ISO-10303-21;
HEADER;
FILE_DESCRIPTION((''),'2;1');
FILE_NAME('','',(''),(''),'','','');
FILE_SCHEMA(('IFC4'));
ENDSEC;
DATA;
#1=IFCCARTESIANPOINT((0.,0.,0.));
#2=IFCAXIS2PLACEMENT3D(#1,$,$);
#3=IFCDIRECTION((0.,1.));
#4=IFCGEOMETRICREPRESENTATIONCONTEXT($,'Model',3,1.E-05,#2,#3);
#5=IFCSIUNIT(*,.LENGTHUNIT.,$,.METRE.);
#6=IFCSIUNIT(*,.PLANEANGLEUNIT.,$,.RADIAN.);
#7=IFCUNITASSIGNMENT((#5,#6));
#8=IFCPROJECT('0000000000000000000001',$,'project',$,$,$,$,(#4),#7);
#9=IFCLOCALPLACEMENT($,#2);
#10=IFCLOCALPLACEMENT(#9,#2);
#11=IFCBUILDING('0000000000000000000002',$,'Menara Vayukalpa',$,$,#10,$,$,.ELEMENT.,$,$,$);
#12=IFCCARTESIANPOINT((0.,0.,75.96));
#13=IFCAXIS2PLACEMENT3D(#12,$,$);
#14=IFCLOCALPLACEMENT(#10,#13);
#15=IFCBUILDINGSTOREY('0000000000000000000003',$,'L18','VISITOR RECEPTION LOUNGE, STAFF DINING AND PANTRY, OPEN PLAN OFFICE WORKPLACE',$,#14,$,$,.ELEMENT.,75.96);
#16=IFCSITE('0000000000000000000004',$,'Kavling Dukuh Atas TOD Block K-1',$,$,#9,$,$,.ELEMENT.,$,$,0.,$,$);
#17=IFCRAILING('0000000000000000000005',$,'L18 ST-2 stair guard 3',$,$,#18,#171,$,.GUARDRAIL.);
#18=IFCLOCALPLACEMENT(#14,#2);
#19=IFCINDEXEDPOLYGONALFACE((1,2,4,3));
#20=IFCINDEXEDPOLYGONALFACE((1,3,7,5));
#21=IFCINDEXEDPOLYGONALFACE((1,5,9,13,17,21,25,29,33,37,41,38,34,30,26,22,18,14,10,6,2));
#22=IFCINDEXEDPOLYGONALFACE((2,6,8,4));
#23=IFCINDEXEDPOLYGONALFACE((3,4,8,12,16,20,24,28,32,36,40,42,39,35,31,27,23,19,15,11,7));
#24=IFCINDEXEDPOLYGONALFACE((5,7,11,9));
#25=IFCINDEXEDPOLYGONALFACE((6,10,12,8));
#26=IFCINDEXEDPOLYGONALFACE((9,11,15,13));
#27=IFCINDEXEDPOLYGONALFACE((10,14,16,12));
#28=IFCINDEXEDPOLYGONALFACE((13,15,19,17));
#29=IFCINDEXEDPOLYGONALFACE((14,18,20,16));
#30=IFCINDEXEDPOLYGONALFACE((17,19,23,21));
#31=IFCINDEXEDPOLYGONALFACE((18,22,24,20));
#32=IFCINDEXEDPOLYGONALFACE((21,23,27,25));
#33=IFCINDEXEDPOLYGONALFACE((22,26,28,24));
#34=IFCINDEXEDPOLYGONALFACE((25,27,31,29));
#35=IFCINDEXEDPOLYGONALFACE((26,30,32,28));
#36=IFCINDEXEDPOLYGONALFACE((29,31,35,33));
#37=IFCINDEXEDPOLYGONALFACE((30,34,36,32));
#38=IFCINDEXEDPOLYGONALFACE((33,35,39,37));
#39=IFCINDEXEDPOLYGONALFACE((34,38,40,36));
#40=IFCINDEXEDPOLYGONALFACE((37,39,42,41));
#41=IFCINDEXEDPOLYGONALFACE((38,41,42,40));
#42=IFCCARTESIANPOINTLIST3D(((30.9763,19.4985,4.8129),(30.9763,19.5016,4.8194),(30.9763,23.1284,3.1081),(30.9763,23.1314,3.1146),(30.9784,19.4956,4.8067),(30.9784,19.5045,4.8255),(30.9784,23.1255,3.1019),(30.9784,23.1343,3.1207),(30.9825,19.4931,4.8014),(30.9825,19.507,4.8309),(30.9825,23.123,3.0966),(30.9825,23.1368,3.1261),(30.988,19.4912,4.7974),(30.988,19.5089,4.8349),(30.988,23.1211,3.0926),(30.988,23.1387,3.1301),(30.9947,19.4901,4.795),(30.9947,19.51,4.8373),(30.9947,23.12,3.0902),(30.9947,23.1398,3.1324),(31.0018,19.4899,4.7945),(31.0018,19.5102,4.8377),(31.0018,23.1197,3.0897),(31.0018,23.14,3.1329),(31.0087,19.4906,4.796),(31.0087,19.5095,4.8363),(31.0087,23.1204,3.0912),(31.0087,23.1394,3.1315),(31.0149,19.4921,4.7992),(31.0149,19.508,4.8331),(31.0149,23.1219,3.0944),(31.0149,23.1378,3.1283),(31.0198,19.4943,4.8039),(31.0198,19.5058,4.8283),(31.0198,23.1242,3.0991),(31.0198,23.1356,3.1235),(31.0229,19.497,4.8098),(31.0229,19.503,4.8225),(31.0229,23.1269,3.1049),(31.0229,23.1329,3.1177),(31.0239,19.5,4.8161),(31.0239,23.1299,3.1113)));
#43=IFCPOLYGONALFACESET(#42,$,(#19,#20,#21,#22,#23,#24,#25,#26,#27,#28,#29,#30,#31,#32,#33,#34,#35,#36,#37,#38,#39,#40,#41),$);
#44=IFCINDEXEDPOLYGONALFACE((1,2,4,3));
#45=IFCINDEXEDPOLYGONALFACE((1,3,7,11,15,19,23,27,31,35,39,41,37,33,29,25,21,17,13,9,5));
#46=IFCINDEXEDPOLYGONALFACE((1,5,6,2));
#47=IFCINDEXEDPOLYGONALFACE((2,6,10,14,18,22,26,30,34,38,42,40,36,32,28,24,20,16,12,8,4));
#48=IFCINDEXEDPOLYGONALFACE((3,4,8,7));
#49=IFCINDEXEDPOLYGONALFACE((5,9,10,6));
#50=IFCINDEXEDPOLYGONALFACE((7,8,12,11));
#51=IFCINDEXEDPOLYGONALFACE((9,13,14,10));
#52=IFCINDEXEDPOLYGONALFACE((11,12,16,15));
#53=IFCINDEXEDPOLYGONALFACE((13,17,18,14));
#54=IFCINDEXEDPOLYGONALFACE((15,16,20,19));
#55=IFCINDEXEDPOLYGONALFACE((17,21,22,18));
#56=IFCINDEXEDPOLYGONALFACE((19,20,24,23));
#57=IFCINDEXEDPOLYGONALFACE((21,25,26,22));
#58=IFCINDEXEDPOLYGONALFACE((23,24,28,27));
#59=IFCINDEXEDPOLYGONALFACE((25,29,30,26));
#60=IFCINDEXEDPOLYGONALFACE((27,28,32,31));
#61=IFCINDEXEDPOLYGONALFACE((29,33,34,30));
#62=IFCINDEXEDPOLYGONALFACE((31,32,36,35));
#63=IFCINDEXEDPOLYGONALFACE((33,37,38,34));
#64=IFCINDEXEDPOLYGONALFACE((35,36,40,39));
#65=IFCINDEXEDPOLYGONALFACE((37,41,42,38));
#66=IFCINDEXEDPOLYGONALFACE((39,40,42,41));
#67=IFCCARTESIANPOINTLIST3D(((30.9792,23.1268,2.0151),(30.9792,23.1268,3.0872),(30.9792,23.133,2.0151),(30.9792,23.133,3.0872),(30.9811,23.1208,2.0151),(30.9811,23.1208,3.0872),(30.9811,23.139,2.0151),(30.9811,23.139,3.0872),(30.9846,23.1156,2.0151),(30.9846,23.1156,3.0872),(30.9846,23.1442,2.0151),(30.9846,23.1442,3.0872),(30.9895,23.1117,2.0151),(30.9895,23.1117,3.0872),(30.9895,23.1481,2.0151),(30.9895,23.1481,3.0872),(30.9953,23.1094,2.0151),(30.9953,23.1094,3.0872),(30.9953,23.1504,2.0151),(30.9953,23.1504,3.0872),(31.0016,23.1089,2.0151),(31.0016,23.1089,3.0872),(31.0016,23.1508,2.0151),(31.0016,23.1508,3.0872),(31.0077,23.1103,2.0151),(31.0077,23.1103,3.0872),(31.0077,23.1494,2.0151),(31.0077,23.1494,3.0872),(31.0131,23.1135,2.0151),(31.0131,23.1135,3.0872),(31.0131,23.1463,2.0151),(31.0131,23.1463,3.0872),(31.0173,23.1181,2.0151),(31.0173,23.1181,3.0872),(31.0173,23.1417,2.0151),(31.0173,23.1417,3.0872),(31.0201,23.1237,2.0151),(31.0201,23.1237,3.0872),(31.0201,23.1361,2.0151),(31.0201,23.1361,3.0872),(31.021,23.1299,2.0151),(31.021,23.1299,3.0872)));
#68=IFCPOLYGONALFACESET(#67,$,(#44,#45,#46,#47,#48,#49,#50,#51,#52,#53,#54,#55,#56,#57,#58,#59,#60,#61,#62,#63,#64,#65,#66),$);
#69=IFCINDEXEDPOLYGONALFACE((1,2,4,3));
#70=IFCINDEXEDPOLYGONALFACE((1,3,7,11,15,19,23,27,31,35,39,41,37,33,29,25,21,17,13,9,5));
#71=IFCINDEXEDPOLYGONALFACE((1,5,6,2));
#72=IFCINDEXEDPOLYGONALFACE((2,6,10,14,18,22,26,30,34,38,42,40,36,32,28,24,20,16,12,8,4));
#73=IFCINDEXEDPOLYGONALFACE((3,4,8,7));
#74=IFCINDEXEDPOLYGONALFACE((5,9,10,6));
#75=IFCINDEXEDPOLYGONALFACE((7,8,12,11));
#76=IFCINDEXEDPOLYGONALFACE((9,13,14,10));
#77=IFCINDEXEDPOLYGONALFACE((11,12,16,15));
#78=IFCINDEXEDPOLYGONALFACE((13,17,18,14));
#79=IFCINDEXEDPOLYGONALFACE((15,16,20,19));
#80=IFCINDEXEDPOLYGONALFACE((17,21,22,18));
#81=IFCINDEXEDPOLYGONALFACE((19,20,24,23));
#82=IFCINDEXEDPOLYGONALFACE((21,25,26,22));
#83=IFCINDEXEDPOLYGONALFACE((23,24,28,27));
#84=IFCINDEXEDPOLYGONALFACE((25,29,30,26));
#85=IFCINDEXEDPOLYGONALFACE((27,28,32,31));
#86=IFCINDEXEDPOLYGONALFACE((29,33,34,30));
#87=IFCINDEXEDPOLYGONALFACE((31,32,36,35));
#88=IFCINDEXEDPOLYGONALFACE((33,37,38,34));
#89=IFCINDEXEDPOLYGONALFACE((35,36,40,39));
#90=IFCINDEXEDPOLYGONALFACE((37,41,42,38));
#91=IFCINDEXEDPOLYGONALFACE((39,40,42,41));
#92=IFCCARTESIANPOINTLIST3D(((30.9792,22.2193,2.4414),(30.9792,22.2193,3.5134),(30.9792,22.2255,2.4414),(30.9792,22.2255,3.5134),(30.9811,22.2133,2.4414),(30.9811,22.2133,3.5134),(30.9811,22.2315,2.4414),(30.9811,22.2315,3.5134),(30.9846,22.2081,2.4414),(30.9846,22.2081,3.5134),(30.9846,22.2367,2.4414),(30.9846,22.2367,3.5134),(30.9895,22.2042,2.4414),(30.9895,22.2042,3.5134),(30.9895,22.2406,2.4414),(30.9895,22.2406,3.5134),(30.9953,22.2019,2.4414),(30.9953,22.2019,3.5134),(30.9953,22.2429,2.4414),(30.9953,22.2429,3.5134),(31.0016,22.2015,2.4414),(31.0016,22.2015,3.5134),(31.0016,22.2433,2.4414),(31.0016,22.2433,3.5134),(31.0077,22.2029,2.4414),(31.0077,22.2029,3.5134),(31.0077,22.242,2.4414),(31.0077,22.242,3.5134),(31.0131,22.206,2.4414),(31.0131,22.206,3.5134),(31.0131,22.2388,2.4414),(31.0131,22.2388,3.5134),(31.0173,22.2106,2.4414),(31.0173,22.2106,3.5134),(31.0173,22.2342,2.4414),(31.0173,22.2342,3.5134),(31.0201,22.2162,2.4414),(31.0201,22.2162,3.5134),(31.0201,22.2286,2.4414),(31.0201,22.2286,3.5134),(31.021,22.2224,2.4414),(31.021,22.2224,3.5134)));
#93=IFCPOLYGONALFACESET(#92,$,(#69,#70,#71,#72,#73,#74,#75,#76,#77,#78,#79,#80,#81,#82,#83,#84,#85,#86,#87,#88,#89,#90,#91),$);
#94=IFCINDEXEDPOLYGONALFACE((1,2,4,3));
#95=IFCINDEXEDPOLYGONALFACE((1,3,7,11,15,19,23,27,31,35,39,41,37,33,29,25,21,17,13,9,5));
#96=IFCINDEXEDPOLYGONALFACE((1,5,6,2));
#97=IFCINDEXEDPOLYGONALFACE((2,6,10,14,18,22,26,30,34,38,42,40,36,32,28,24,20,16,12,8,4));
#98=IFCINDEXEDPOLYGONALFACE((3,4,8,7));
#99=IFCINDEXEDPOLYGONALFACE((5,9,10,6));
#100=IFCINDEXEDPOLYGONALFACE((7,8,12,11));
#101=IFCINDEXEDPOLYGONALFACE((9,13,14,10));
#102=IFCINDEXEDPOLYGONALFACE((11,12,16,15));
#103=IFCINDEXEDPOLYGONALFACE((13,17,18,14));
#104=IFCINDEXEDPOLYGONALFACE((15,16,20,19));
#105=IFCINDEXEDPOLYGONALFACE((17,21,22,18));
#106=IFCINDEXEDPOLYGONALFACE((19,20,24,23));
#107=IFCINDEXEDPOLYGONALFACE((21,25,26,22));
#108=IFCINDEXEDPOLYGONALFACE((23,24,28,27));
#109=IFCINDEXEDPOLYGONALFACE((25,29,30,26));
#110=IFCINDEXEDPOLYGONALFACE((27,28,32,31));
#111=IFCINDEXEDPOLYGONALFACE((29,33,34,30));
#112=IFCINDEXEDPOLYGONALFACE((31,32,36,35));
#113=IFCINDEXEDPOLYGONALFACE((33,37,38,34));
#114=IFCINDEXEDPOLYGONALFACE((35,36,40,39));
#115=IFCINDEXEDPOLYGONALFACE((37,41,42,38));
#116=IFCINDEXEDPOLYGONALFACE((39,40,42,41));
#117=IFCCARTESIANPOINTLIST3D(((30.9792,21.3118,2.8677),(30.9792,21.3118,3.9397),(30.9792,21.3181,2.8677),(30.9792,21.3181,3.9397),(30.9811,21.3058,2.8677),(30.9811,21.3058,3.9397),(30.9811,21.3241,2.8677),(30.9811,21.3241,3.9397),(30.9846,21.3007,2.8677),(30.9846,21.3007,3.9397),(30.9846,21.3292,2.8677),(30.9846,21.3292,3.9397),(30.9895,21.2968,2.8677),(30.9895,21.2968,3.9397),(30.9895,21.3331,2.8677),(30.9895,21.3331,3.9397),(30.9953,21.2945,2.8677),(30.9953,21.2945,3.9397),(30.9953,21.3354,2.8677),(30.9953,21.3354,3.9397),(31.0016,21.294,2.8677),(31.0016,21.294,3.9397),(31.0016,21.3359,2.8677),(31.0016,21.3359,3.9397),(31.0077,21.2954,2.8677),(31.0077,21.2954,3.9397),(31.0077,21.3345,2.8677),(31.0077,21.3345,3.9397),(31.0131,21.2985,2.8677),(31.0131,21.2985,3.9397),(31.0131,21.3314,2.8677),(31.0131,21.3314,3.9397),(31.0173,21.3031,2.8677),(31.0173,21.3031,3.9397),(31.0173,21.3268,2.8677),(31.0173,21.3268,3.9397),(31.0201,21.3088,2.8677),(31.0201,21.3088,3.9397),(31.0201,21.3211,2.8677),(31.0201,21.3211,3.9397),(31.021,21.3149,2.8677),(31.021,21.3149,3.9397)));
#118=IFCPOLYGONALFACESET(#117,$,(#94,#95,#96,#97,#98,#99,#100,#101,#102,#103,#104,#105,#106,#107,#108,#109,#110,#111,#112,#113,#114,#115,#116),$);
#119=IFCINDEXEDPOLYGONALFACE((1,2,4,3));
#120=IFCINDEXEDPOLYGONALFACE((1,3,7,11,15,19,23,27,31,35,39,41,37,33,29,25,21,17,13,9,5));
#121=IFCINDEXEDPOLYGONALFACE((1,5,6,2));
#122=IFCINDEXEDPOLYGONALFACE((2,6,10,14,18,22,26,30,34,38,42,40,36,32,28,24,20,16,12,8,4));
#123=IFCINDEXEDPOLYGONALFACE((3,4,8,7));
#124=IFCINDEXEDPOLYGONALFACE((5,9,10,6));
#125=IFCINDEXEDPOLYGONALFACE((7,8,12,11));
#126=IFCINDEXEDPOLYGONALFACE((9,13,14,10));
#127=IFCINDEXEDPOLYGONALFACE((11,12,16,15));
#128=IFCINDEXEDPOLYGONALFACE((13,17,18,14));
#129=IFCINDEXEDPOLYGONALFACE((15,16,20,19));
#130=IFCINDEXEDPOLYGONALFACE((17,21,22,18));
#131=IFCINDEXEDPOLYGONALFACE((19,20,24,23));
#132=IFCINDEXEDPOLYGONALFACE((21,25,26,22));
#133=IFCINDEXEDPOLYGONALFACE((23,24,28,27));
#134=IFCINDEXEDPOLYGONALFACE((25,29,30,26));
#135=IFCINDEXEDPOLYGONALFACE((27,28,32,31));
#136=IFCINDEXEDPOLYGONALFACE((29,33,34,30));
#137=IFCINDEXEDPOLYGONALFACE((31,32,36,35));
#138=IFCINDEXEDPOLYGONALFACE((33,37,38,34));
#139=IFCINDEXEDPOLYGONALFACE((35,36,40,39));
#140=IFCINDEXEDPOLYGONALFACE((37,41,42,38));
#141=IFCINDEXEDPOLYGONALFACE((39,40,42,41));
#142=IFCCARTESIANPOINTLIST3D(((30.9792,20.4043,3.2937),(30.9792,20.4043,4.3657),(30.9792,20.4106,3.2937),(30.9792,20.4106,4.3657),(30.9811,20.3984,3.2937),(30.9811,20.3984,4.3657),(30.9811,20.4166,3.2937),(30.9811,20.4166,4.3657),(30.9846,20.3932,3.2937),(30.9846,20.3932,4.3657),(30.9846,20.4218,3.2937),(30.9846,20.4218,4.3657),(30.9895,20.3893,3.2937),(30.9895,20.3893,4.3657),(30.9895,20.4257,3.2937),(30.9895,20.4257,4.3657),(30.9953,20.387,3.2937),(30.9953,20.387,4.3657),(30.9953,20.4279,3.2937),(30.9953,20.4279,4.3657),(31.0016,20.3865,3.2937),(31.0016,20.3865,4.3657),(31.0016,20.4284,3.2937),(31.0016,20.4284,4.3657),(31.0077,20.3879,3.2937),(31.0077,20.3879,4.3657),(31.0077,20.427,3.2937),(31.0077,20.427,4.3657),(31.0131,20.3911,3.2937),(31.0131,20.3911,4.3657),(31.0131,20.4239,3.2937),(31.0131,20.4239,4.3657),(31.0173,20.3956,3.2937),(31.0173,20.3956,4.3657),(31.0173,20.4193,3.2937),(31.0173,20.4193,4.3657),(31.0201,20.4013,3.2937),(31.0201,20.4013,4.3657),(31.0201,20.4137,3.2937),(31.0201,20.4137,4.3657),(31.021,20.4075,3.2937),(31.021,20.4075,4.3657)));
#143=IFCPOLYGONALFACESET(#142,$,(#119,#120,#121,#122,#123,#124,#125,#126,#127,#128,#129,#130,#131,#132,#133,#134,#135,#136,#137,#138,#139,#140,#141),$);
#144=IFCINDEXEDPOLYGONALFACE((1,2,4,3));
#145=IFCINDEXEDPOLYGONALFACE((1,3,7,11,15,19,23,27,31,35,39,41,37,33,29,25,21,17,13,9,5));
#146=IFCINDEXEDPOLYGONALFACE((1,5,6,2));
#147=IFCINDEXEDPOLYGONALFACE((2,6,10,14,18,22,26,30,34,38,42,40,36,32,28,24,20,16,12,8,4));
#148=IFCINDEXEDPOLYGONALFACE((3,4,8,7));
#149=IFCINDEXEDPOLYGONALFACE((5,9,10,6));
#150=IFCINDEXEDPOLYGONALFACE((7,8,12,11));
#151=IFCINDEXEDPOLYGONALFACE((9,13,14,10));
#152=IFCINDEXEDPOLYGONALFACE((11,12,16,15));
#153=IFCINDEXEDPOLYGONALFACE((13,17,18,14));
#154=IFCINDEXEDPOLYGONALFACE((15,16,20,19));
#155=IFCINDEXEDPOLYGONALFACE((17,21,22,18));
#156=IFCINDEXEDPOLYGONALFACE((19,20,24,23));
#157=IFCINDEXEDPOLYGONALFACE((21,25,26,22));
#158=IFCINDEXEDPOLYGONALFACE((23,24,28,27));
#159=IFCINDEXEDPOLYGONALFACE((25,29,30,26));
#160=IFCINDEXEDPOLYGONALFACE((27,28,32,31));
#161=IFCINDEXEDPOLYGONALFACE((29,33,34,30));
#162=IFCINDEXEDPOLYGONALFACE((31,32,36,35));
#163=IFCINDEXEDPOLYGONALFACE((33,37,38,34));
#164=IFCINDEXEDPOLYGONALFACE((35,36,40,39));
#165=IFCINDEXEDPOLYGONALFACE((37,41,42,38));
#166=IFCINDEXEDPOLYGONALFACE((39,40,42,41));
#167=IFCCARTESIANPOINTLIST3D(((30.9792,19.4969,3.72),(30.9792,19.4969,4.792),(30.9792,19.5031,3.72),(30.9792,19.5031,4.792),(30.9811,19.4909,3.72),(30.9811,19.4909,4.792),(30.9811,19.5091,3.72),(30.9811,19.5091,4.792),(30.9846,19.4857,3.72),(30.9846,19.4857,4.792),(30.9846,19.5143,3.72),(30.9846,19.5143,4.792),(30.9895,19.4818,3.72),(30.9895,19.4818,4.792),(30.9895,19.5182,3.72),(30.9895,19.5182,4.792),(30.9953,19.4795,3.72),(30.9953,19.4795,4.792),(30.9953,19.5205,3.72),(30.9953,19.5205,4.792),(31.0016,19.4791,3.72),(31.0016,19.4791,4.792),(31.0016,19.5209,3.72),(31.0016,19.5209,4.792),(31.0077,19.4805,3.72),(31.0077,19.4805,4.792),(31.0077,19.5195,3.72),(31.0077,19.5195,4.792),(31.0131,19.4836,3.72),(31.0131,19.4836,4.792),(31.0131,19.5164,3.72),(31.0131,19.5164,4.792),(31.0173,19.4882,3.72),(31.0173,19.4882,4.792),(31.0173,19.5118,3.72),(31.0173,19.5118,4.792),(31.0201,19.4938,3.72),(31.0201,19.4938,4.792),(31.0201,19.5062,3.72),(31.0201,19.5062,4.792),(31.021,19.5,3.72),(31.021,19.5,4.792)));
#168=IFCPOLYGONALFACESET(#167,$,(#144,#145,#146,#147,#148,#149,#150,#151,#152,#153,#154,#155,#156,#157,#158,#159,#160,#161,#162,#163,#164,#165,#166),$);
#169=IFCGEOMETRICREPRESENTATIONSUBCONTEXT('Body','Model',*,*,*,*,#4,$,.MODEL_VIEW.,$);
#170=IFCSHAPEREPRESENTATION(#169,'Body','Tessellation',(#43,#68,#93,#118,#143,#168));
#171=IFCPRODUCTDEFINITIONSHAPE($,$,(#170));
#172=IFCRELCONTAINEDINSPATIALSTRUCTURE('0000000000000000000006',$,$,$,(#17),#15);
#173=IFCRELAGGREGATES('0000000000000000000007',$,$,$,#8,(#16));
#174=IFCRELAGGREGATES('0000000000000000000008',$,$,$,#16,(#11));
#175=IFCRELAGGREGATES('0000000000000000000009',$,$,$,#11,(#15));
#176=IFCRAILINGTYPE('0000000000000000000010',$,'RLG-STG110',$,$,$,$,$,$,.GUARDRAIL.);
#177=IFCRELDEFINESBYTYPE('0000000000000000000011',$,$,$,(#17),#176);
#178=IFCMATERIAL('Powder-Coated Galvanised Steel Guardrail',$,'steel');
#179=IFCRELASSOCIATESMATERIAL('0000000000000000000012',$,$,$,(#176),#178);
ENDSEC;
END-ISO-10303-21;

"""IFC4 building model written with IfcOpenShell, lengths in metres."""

from ifc_helpers import new_model, si_unit, direction, frame, origin, origin_2d, place, context, subcontext, project, spatial, circle, extrude, material, type_object, element, save


model = new_model("IFC4")

# Units and contexts
model_context = context("Model", 3, precision=1e-05, world=origin(), true_north=direction((0.0, 1.0)))
body_context = subcontext(model_context, "Body", "Model", "MODEL_VIEW")
ifc_project = project(units=[si_unit("LENGTHUNIT", "METRE"), si_unit("PLANEANGLEUNIT", "RADIAN")], contexts=[model_context])

# Site, building, storey
site_placement = place(None, origin())
site = spatial("IfcSite", under=ifc_project, at=site_placement, Name="Kavling Dukuh Atas TOD Block K-1", CompositionType="ELEMENT", RefElevation=0.0)
building_placement = place(site_placement, origin())
building = spatial("IfcBuilding", under=site, at=building_placement, Name="Menara Vayukalpa", CompositionType="ELEMENT")
storey_placement = place(building_placement, frame((0.0, 0.0, 75.96)))
storey = spatial("IfcBuildingStorey", under=building, at=storey_placement, Name="L18", Description="VISITOR RECEPTION LOUNGE, STAFF DINING AND PANTRY, OPEN PLAN OFFICE WORKPLACE", CompositionType="ELEMENT", Elevation=75.96)

# Railing
ifc_material_1 = material(Name="Powder-Coated Galvanised Steel Guardrail", Category="steel")
railing_type_1 = type_object("IfcRailingType", Name="RLG-STG110", PredefinedType="GUARDRAIL", material=ifc_material_1)
railing_1_placement = place(storey_placement, frame((31.0, 23.1299, 2.0151)))
element("IfcRailing", 1, at=railing_1_placement, inside=storey, type_object=railing_type_1, Name="L18 ST-2 stair guard 3", PredefinedType="GUARDRAIL", context=body_context, shape_type="SweptSolid", body=[
    extrude(circle(Radius=0.0239, at=origin_2d()), frame((0.0, 0.0, 1.0962), z_axis=(0.0, -0.90514, 0.425114), x_axis=(1.0, 0.0, 0.0)), (0.0, 0.0, 1.0), 4.0103),
    extrude(circle(Radius=0.021, at=origin_2d()), origin(), (0.0, 0.0, 1.0), 1.072),
    extrude(circle(Radius=0.021, at=origin_2d()), frame((0.0, -0.9075, 0.4263)), (0.0, 0.0, 1.0), 1.072),
    extrude(circle(Radius=0.021, at=origin_2d()), frame((0.0, -1.8149, 0.8525)), (0.0, 0.0, 1.0), 1.072),
    extrude(circle(Radius=0.021, at=origin_2d()), frame((0.0, -2.7224, 1.2786)), (0.0, 0.0, 1.0), 1.072),
    extrude(circle(Radius=0.021, at=origin_2d()), frame((0.0, -3.6299, 1.7048)), (0.0, 0.0, 1.0), 1.072),
])

save(model, "model.ifc")
